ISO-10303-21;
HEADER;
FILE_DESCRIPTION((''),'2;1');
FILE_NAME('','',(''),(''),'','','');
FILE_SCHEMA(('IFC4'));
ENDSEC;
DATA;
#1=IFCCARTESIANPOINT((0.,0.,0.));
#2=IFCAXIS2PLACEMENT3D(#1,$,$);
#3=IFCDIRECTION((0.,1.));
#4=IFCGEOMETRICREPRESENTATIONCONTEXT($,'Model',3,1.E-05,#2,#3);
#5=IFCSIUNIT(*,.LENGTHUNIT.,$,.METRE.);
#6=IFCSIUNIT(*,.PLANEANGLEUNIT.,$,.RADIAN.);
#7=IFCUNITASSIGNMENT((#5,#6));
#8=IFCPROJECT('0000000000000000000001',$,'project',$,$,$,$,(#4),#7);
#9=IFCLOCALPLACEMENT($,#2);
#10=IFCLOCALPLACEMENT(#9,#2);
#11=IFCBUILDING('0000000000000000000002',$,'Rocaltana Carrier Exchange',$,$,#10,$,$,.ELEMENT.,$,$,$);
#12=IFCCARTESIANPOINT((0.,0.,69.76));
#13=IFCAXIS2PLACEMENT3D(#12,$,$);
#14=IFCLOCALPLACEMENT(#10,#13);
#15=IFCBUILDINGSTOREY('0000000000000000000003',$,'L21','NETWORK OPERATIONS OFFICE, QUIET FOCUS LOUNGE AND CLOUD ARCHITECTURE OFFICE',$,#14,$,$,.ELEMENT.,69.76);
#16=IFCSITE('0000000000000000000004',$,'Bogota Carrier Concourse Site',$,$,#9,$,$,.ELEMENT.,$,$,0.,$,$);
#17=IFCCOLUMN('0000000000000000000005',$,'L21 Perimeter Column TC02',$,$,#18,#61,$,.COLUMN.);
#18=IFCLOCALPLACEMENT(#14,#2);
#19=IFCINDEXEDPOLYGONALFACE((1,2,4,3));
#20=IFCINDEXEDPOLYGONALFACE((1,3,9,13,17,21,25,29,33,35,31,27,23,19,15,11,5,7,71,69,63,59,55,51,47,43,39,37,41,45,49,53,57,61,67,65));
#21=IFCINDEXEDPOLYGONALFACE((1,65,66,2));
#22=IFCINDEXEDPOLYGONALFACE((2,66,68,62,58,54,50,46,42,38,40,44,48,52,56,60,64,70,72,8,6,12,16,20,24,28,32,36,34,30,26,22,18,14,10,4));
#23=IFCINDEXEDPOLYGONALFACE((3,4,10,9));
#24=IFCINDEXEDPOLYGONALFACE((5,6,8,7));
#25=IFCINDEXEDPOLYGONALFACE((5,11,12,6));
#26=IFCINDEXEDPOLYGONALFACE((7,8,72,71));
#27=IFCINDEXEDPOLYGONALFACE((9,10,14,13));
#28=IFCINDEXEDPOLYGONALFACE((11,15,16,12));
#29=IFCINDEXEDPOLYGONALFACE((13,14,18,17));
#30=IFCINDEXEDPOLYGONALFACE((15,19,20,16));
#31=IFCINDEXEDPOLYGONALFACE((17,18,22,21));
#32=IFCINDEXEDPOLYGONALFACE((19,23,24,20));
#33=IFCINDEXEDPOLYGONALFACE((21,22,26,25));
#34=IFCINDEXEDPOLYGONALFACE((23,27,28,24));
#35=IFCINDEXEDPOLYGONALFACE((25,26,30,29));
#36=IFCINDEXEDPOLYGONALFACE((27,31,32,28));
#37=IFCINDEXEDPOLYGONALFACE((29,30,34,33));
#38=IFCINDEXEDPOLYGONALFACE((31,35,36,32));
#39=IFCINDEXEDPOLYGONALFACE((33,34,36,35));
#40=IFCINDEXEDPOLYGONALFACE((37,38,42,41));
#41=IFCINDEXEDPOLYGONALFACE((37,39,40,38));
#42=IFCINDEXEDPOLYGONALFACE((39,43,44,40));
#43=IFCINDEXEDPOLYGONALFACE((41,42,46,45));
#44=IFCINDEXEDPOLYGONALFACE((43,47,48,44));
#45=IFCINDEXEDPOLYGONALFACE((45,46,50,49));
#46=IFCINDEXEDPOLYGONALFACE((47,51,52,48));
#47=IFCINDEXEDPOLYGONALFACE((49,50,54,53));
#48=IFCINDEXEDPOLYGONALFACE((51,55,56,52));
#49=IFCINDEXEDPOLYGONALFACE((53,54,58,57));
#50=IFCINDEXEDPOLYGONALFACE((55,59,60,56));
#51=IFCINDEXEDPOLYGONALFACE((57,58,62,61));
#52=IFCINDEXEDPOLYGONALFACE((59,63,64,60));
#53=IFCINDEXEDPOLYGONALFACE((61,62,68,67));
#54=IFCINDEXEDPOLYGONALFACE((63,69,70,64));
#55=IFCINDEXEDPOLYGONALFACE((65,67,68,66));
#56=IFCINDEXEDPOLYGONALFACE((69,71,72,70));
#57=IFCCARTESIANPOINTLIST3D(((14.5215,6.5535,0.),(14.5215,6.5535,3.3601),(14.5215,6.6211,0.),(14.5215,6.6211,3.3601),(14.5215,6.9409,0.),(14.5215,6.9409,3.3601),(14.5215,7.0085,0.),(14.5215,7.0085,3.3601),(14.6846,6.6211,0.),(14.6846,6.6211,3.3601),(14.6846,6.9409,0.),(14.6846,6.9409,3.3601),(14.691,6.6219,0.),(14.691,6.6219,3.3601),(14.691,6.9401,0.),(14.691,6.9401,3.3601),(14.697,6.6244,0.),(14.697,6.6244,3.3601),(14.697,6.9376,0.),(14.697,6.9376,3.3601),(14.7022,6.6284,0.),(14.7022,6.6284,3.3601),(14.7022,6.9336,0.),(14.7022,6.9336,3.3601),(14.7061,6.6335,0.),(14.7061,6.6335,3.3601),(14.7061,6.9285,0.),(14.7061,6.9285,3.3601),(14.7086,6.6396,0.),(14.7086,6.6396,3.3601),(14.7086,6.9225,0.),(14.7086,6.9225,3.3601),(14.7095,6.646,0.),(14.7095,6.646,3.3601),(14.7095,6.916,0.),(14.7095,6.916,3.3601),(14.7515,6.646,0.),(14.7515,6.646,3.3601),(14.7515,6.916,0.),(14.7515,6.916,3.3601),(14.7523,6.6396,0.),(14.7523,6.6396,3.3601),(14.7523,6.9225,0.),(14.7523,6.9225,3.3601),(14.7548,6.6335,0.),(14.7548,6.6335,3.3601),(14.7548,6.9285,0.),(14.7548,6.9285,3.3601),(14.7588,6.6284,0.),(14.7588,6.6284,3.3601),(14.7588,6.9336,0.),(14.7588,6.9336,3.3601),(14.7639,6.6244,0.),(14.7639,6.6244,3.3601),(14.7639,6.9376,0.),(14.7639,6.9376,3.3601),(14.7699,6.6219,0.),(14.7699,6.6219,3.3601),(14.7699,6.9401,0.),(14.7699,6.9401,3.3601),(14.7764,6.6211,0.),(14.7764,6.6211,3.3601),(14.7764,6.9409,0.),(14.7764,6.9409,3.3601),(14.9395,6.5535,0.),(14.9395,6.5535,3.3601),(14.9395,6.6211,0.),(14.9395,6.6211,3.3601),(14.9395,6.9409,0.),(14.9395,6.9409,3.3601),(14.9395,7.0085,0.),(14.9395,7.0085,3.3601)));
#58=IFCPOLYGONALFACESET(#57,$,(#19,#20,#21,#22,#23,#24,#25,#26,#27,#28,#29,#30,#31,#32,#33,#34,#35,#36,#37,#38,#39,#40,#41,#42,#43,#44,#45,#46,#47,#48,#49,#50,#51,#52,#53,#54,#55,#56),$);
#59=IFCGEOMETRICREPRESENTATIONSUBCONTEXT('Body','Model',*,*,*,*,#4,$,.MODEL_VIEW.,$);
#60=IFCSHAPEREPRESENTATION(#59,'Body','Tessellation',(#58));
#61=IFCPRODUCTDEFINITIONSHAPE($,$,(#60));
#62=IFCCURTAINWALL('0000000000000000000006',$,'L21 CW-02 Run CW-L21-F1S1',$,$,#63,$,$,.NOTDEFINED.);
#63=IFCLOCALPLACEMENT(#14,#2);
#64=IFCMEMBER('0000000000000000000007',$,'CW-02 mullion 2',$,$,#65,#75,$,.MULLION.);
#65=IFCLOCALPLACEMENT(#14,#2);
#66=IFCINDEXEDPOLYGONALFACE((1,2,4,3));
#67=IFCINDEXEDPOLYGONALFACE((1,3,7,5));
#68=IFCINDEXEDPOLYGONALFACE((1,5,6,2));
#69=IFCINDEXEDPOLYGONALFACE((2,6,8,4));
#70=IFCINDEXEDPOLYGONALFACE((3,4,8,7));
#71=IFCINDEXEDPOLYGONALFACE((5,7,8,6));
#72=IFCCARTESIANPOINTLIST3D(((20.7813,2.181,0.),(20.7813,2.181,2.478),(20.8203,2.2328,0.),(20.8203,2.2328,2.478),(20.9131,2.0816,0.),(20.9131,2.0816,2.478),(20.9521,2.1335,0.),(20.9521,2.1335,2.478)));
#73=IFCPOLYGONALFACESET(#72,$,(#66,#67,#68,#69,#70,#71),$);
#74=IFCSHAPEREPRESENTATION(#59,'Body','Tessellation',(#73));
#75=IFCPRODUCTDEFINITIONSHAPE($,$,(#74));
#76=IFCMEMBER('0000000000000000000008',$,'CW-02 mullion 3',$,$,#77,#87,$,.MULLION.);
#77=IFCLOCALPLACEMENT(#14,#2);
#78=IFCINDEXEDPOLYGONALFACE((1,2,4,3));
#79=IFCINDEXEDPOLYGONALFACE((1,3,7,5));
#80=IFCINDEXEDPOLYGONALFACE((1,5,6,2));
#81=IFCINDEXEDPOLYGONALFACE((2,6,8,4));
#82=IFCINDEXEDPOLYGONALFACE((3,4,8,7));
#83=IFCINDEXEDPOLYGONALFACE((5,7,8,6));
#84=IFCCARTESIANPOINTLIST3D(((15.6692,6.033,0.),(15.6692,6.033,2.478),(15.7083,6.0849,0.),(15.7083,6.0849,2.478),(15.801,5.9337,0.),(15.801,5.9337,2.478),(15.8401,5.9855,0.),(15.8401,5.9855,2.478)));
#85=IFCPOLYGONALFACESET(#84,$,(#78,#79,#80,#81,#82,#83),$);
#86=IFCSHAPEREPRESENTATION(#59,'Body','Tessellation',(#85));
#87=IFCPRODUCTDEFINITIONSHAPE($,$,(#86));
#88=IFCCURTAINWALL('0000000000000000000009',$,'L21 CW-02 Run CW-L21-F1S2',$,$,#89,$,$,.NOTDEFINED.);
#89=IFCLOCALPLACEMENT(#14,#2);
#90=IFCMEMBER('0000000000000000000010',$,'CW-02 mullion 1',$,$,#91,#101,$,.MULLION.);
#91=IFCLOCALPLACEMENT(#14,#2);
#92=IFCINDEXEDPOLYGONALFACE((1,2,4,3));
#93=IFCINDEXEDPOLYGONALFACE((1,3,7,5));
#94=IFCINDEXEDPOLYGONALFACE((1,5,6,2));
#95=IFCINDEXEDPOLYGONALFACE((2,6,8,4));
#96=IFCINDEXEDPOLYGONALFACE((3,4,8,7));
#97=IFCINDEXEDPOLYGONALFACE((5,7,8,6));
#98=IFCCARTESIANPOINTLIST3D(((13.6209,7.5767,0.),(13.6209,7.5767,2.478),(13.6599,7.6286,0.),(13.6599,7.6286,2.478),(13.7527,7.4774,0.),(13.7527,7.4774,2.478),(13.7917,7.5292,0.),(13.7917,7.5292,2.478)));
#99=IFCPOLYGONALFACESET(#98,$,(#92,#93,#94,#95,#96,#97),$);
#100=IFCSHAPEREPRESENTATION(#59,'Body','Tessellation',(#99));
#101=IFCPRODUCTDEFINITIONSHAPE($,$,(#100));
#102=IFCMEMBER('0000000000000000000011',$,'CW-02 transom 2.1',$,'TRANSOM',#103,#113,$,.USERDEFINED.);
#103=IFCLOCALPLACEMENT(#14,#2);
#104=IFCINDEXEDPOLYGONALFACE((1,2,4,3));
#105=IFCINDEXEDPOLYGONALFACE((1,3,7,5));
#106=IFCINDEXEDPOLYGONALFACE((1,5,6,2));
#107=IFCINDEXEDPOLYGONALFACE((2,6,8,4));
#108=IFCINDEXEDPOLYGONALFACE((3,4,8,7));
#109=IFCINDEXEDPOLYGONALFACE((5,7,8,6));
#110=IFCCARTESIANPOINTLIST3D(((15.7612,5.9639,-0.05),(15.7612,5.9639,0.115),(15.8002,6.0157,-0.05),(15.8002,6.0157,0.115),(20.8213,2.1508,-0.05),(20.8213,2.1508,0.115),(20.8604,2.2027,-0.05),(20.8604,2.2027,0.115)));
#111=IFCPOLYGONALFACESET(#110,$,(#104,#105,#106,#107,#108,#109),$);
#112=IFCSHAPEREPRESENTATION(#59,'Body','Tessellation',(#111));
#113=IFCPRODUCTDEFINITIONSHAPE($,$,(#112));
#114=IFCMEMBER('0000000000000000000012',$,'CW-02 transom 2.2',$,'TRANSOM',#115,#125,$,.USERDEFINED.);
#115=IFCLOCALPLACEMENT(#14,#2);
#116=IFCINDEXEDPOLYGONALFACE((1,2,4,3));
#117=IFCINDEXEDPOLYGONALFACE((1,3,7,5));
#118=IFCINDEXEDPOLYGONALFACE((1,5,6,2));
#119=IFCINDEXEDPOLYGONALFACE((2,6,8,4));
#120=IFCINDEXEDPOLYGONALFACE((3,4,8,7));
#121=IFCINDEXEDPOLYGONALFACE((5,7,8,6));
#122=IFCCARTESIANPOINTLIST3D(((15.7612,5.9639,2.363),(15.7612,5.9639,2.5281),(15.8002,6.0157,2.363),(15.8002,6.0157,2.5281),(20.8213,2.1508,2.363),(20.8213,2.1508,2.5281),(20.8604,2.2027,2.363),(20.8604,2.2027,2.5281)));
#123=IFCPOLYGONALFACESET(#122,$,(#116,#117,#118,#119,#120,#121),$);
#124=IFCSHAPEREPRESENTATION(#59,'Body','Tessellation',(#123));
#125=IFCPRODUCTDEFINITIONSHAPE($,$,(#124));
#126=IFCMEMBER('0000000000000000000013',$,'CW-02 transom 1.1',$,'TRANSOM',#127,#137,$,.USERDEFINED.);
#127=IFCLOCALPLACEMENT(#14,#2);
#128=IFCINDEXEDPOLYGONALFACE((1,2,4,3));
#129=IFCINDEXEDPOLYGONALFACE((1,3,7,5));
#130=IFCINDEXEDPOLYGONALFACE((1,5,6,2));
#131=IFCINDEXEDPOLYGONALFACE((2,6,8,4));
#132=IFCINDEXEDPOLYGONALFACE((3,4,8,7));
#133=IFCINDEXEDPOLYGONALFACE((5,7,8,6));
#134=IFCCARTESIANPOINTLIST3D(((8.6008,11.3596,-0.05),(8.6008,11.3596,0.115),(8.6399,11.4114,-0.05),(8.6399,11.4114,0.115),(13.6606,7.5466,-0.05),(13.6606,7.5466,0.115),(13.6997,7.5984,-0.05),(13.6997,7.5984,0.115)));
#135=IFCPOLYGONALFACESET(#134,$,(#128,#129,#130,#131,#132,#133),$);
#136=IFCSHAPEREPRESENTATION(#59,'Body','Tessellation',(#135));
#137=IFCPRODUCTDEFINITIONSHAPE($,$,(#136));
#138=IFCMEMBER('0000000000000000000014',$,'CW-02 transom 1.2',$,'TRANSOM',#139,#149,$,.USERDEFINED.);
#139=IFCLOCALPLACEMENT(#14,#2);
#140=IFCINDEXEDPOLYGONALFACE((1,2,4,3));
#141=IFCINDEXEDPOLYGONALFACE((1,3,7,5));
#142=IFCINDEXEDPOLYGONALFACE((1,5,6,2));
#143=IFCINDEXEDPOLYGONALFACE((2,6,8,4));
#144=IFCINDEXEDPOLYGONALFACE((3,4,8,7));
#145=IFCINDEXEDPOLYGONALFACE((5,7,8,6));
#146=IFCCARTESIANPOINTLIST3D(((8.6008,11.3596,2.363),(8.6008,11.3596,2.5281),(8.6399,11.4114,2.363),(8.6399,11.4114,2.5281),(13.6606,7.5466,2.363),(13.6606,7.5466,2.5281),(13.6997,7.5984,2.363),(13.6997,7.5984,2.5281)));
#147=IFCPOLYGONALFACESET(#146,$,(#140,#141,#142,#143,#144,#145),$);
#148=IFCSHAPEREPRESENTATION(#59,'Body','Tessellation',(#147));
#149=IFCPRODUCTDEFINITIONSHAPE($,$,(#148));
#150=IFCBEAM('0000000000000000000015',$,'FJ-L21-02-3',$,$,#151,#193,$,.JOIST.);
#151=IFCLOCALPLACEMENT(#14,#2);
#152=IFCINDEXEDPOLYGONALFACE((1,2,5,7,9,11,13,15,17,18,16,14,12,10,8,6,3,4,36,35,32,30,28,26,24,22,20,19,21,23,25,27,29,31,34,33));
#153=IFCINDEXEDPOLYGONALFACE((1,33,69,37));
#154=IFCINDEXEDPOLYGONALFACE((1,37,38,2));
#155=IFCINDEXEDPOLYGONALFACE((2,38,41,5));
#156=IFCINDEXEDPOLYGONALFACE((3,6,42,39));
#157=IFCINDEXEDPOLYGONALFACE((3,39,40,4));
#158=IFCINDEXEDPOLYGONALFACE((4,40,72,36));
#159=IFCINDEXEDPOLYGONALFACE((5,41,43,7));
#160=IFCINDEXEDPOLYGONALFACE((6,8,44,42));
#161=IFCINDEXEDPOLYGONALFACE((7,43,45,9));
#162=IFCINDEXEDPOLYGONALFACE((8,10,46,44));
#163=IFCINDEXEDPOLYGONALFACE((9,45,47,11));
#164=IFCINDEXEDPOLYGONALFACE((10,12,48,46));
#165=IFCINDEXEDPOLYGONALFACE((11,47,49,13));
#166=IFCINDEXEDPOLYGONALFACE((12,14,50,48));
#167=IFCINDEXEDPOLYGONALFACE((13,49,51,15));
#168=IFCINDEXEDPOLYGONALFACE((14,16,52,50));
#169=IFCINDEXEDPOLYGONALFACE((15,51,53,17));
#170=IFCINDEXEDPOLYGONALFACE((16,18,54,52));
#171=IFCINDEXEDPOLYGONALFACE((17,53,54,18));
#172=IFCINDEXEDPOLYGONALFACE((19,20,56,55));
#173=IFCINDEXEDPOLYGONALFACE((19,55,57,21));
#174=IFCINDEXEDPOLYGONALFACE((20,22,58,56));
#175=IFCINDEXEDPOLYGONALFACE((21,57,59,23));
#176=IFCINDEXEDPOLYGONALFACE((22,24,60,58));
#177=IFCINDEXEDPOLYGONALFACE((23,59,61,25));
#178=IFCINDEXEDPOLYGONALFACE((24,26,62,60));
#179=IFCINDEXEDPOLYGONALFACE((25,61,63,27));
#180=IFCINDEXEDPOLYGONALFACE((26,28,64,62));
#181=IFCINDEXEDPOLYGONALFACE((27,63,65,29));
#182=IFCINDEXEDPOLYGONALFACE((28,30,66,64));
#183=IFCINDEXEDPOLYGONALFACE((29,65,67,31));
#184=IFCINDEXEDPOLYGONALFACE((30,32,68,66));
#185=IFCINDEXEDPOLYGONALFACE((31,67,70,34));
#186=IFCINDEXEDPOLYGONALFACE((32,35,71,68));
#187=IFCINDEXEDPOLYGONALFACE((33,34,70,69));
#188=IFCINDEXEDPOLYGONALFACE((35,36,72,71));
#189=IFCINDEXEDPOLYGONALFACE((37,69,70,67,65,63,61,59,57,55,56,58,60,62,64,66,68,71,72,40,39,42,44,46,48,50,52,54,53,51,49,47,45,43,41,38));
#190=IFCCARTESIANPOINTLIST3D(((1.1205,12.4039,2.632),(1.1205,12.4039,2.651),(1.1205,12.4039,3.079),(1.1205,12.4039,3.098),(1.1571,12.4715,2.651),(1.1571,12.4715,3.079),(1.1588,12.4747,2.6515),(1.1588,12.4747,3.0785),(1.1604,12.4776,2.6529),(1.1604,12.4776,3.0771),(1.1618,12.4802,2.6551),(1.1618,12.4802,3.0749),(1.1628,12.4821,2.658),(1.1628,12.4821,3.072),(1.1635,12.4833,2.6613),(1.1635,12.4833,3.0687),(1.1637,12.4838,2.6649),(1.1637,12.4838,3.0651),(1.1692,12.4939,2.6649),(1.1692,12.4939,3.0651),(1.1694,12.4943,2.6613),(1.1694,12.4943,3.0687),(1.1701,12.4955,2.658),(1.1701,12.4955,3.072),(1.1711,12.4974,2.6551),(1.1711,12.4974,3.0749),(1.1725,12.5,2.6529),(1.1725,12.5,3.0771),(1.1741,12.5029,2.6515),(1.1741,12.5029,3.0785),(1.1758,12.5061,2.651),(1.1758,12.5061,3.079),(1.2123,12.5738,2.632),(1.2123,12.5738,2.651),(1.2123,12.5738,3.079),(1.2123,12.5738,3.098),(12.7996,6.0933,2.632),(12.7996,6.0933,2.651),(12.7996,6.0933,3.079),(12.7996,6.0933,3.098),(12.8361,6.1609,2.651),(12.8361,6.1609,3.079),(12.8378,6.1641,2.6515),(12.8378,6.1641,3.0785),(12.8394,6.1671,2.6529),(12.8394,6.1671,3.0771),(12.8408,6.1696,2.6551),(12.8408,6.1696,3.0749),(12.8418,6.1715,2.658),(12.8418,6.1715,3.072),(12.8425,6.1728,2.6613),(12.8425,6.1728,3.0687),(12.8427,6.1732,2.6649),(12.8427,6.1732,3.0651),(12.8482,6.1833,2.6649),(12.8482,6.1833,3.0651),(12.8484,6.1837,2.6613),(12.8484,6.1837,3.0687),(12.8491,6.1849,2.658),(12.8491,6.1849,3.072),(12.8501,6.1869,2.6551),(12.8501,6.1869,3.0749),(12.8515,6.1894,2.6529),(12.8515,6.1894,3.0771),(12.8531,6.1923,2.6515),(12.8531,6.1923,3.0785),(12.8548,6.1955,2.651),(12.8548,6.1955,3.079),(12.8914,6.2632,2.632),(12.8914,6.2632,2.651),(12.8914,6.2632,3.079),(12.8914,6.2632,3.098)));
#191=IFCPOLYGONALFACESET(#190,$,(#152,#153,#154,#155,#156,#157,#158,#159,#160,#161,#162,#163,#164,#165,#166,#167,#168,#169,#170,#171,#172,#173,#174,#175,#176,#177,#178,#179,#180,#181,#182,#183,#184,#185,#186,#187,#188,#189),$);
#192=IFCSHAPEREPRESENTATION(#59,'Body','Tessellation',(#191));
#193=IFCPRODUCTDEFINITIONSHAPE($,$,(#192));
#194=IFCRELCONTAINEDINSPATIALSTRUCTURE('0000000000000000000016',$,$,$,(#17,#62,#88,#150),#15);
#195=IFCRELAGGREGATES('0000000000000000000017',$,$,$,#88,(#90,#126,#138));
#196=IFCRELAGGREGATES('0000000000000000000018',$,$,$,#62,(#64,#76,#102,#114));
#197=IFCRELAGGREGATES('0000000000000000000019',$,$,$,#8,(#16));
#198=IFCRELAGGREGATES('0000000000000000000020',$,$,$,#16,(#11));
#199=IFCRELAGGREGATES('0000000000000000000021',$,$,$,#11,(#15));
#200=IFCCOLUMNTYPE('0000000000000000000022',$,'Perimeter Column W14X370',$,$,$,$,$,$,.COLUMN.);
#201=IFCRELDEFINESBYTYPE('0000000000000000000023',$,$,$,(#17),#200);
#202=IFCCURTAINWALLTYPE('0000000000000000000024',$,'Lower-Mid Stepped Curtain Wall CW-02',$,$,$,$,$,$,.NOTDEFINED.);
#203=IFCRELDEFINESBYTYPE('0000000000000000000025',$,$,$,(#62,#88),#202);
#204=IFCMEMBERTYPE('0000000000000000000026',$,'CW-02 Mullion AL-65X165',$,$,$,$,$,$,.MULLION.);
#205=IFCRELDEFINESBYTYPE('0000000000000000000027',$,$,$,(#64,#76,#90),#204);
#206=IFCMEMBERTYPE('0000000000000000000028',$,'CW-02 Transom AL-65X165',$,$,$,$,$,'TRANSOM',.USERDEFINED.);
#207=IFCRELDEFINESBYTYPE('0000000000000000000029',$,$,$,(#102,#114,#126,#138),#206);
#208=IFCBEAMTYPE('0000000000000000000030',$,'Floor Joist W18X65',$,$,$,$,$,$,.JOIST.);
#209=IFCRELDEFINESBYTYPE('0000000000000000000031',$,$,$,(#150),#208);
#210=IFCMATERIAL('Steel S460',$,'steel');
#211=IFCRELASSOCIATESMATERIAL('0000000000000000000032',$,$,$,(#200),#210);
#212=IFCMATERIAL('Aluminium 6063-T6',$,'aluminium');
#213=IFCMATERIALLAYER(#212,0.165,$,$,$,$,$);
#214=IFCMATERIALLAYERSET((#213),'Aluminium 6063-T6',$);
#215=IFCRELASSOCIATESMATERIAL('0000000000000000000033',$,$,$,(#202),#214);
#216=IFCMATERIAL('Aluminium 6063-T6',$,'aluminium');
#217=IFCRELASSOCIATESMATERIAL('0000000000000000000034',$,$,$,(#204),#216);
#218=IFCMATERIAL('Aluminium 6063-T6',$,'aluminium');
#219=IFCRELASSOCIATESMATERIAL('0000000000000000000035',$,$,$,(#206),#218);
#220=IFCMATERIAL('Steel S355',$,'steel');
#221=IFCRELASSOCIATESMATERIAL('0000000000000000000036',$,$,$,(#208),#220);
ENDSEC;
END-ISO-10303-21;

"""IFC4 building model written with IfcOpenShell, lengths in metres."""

from ifc_helpers import new_model, si_unit, direction, frame, origin, origin_2d, place, context, subcontext, project, spatial, rectangle, i_section, extrude, material, layer, layer_set, material_profile, profile_set, type_object, element, aggregate, save


model = new_model("IFC4")

# Units and contexts
model_context = context("Model", 3, precision=1e-05, world=origin(), true_north=direction((0.0, 1.0)))
body_context = subcontext(model_context, "Body", "Model", "MODEL_VIEW")
ifc_project = project(units=[si_unit("LENGTHUNIT", "METRE"), si_unit("PLANEANGLEUNIT", "RADIAN")], contexts=[model_context])

# Site, building, storey
site_placement = place(None, origin())
site = spatial("IfcSite", under=ifc_project, at=site_placement, Name="Bogota Carrier Concourse Site", CompositionType="ELEMENT", RefElevation=0.0)
building_placement = place(site_placement, origin())
building = spatial("IfcBuilding", under=site, at=building_placement, Name="Rocaltana Carrier Exchange", CompositionType="ELEMENT")
storey_placement = place(building_placement, frame((0.0, 0.0, 69.76)))
storey = spatial("IfcBuildingStorey", under=building, at=storey_placement, Name="L21", Description="NETWORK OPERATIONS OFFICE, QUIET FOCUS LOUNGE AND CLOUD ARCHITECTURE OFFICE", CompositionType="ELEMENT", Elevation=69.76)

# Column
ifc_material_1 = material(Name="Steel S460", Category="steel")
ifc_material_profile_1 = material_profile(ifc_material_1, i_section(OverallWidth=0.418, OverallDepth=0.4551, WebThickness=0.042, FlangeThickness=0.0676, FilletRadius=0.0249, at=origin_2d()), Name="W14X370")
ifc_profile_set_1 = profile_set([ifc_material_profile_1], Name="Steel S460")
column_type = type_object("IfcColumnType", Name="Perimeter Column W14X370", PredefinedType="COLUMN", material=ifc_profile_set_1)
column_placement = place(storey_placement, frame((14.7305, 6.781, 0.0), z_axis=(0.0, 0.0, 1.0), x_axis=(1.0, 0.0, 0.0)))
element("IfcColumn", 1, at=column_placement, inside=storey, type_object=column_type, Name="L21 Perimeter Column TC02", PredefinedType="COLUMN", context=body_context, shape_type="SweptSolid", body=[
    extrude(i_section(OverallWidth=0.418, OverallDepth=0.4551, WebThickness=0.042, FlangeThickness=0.0676, FilletRadius=0.0249, at=origin_2d()), origin(), (0.0, 0.0, 1.0), 3.3601),
])

# Curtain wall, members
ifc_material_2 = material(Name="Aluminium 6063-T6", Category="aluminium")
ifc_layer_1 = layer(ifc_material_2, 0.165)
ifc_layer_set_1 = layer_set([ifc_layer_1], Name="Aluminium 6063-T6")
curtain_wall_type = type_object("IfcCurtainWallType", Name="Lower-Mid Stepped Curtain Wall CW-02", PredefinedType="NOTDEFINED", material=ifc_layer_set_1)
curtain_wall_1_placement = place(storey_placement, origin())
curtain_wall_1 = element("IfcCurtainWall", 2, at=curtain_wall_1_placement, inside=storey, type_object=curtain_wall_type, Name="L21 CW-02 Run CW-L21-F1S1", PredefinedType="NOTDEFINED")
ifc_material_3 = material(Name="Aluminium 6063-T6", Category="aluminium")
ifc_material_profile_2 = material_profile(ifc_material_3, rectangle(XDim=0.0649, YDim=0.165, at=origin_2d()), Name="AL-65X165")
ifc_profile_set_2 = profile_set([ifc_material_profile_2], Name="Aluminium 6063-T6")
member_type_1 = type_object("IfcMemberType", Name="CW-02 Mullion AL-65X165", PredefinedType="MULLION", material=ifc_profile_set_2)
member_1_placement = place(storey_placement, frame((20.8667, 2.1572, 0.0), z_axis=(0.0, 0.0, 1.0), x_axis=(-0.601807, -0.798642, 0.0)))
member_1 = element("IfcMember", 3, at=member_1_placement, type_object=member_type_1, Name="CW-02 mullion 2", PredefinedType="MULLION", context=body_context, shape_type="SweptSolid", body=[
    extrude(rectangle(XDim=0.0649, YDim=0.165, at=origin_2d()), origin(), (0.0, 0.0, 1.0), 2.478),
])
member_2_placement = place(storey_placement, frame((15.7546, 6.0093, 0.0), z_axis=(0.0, 0.0, 1.0), x_axis=(-0.601807, -0.798642, 0.0)))
member_2 = element("IfcMember", 4, at=member_2_placement, type_object=member_type_1, Name="CW-02 mullion 3", PredefinedType="MULLION", context=body_context, shape_type="SweptSolid", body=[
    extrude(rectangle(XDim=0.0649, YDim=0.165, at=origin_2d()), origin(), (0.0, 0.0, 1.0), 2.478),
])

# Curtain wall, member
curtain_wall_2_placement = place(storey_placement, origin())
curtain_wall_2 = element("IfcCurtainWall", 5, at=curtain_wall_2_placement, inside=storey, type_object=curtain_wall_type, Name="L21 CW-02 Run CW-L21-F1S2", PredefinedType="NOTDEFINED")
member_3_placement = place(storey_placement, frame((13.7063, 7.553, 0.0), z_axis=(0.0, 0.0, 1.0), x_axis=(-0.601815, -0.798635, 0.0)))
member_3 = element("IfcMember", 6, at=member_3_placement, type_object=member_type_1, Name="CW-02 mullion 1", PredefinedType="MULLION", context=body_context, shape_type="SweptSolid", body=[
    extrude(rectangle(XDim=0.0649, YDim=0.165, at=origin_2d()), origin(), (0.0, 0.0, 1.0), 2.478),
])

# Members
ifc_material_4 = material(Name="Aluminium 6063-T6", Category="aluminium")
ifc_material_profile_3 = material_profile(ifc_material_4, rectangle(XDim=0.0649, YDim=0.165, at=origin_2d()), Name="AL-65X165")
ifc_profile_set_3 = profile_set([ifc_material_profile_3], Name="Aluminium 6063-T6")
member_type_2 = type_object("IfcMemberType", Name="CW-02 Transom AL-65X165", ElementType="TRANSOM", PredefinedType="USERDEFINED", material=ifc_profile_set_3)
member_4_placement = place(storey_placement, frame((20.8408, 2.1768, 0.0325), z_axis=(-0.798638, 0.601811, 0.0), x_axis=(-0.601811, -0.798638, 0.0)))
member_4 = element("IfcMember", 7, at=member_4_placement, type_object=member_type_2, Name="CW-02 transom 2.1", ObjectType="TRANSOM", PredefinedType="USERDEFINED", context=body_context, shape_type="SweptSolid", body=[
    extrude(rectangle(XDim=0.0649, YDim=0.165, at=origin_2d()), origin(), (0.0, 0.0, 1.0), 6.3359),
])
member_5_placement = place(storey_placement, frame((20.8408, 2.1768, 2.4456), z_axis=(-0.798638, 0.601811, 0.0), x_axis=(-0.601811, -0.798638, 0.0)))
member_5 = element("IfcMember", 8, at=member_5_placement, type_object=member_type_2, Name="CW-02 transom 2.2", ObjectType="TRANSOM", PredefinedType="USERDEFINED", context=body_context, shape_type="SweptSolid", body=[
    extrude(rectangle(XDim=0.0649, YDim=0.165, at=origin_2d()), origin(), (0.0, 0.0, 1.0), 6.3359),
])
member_6_placement = place(storey_placement, frame((13.6802, 7.5725, 0.0325), z_axis=(-0.798625, 0.60183, 0.0), x_axis=(-0.60183, -0.798625, 0.0)))
member_6 = element("IfcMember", 9, at=member_6_placement, type_object=member_type_2, Name="CW-02 transom 1.1", ObjectType="TRANSOM", PredefinedType="USERDEFINED", context=body_context, shape_type="SweptSolid", body=[
    extrude(rectangle(XDim=0.0649, YDim=0.165, at=origin_2d()), origin(), (0.0, 0.0, 1.0), 6.3357),
])
member_7_placement = place(storey_placement, frame((13.6802, 7.5725, 2.4456), z_axis=(-0.798625, 0.60183, 0.0), x_axis=(-0.60183, -0.798625, 0.0)))
member_7 = element("IfcMember", 10, at=member_7_placement, type_object=member_type_2, Name="CW-02 transom 1.2", ObjectType="TRANSOM", PredefinedType="USERDEFINED", context=body_context, shape_type="SweptSolid", body=[
    extrude(rectangle(XDim=0.0649, YDim=0.165, at=origin_2d()), origin(), (0.0, 0.0, 1.0), 6.3357),
])
aggregate(curtain_wall_2, [member_3, member_6, member_7])

# Beam
ifc_material_5 = material(Name="Steel S355", Category="steel")
ifc_material_profile_4 = material_profile(ifc_material_5, i_section(OverallWidth=0.1931, OverallDepth=0.4661, WebThickness=0.0115, FlangeThickness=0.019, FilletRadius=0.0139, at=origin_2d()), Name="W18X65")
ifc_profile_set_4 = profile_set([ifc_material_profile_4], Name="Steel S355")
beam_type_1 = type_object("IfcBeamType", Name="Floor Joist W18X65", PredefinedType="JOIST", material=ifc_profile_set_4)
beam_1_placement = place(storey_placement, frame((12.8455, 6.1782, 2.865), z_axis=(-0.879782, 0.475377, 0.0), x_axis=(-0.475377, -0.879782, 0.0)))
element("IfcBeam", 11, at=beam_1_placement, inside=storey, type_object=beam_type_1, Name="FJ-L21-02-3", PredefinedType="JOIST", context=body_context, shape_type="SweptSolid", body=[
    extrude(i_section(OverallWidth=0.1931, OverallDepth=0.4661, WebThickness=0.0115, FlangeThickness=0.019, FilletRadius=0.0139, at=origin_2d()), origin(), (0.0, 0.0, 1.0), 13.2749),
])

aggregate(curtain_wall_1, [member_1, member_2, member_4, member_5])

save(model, "model.ifc")
